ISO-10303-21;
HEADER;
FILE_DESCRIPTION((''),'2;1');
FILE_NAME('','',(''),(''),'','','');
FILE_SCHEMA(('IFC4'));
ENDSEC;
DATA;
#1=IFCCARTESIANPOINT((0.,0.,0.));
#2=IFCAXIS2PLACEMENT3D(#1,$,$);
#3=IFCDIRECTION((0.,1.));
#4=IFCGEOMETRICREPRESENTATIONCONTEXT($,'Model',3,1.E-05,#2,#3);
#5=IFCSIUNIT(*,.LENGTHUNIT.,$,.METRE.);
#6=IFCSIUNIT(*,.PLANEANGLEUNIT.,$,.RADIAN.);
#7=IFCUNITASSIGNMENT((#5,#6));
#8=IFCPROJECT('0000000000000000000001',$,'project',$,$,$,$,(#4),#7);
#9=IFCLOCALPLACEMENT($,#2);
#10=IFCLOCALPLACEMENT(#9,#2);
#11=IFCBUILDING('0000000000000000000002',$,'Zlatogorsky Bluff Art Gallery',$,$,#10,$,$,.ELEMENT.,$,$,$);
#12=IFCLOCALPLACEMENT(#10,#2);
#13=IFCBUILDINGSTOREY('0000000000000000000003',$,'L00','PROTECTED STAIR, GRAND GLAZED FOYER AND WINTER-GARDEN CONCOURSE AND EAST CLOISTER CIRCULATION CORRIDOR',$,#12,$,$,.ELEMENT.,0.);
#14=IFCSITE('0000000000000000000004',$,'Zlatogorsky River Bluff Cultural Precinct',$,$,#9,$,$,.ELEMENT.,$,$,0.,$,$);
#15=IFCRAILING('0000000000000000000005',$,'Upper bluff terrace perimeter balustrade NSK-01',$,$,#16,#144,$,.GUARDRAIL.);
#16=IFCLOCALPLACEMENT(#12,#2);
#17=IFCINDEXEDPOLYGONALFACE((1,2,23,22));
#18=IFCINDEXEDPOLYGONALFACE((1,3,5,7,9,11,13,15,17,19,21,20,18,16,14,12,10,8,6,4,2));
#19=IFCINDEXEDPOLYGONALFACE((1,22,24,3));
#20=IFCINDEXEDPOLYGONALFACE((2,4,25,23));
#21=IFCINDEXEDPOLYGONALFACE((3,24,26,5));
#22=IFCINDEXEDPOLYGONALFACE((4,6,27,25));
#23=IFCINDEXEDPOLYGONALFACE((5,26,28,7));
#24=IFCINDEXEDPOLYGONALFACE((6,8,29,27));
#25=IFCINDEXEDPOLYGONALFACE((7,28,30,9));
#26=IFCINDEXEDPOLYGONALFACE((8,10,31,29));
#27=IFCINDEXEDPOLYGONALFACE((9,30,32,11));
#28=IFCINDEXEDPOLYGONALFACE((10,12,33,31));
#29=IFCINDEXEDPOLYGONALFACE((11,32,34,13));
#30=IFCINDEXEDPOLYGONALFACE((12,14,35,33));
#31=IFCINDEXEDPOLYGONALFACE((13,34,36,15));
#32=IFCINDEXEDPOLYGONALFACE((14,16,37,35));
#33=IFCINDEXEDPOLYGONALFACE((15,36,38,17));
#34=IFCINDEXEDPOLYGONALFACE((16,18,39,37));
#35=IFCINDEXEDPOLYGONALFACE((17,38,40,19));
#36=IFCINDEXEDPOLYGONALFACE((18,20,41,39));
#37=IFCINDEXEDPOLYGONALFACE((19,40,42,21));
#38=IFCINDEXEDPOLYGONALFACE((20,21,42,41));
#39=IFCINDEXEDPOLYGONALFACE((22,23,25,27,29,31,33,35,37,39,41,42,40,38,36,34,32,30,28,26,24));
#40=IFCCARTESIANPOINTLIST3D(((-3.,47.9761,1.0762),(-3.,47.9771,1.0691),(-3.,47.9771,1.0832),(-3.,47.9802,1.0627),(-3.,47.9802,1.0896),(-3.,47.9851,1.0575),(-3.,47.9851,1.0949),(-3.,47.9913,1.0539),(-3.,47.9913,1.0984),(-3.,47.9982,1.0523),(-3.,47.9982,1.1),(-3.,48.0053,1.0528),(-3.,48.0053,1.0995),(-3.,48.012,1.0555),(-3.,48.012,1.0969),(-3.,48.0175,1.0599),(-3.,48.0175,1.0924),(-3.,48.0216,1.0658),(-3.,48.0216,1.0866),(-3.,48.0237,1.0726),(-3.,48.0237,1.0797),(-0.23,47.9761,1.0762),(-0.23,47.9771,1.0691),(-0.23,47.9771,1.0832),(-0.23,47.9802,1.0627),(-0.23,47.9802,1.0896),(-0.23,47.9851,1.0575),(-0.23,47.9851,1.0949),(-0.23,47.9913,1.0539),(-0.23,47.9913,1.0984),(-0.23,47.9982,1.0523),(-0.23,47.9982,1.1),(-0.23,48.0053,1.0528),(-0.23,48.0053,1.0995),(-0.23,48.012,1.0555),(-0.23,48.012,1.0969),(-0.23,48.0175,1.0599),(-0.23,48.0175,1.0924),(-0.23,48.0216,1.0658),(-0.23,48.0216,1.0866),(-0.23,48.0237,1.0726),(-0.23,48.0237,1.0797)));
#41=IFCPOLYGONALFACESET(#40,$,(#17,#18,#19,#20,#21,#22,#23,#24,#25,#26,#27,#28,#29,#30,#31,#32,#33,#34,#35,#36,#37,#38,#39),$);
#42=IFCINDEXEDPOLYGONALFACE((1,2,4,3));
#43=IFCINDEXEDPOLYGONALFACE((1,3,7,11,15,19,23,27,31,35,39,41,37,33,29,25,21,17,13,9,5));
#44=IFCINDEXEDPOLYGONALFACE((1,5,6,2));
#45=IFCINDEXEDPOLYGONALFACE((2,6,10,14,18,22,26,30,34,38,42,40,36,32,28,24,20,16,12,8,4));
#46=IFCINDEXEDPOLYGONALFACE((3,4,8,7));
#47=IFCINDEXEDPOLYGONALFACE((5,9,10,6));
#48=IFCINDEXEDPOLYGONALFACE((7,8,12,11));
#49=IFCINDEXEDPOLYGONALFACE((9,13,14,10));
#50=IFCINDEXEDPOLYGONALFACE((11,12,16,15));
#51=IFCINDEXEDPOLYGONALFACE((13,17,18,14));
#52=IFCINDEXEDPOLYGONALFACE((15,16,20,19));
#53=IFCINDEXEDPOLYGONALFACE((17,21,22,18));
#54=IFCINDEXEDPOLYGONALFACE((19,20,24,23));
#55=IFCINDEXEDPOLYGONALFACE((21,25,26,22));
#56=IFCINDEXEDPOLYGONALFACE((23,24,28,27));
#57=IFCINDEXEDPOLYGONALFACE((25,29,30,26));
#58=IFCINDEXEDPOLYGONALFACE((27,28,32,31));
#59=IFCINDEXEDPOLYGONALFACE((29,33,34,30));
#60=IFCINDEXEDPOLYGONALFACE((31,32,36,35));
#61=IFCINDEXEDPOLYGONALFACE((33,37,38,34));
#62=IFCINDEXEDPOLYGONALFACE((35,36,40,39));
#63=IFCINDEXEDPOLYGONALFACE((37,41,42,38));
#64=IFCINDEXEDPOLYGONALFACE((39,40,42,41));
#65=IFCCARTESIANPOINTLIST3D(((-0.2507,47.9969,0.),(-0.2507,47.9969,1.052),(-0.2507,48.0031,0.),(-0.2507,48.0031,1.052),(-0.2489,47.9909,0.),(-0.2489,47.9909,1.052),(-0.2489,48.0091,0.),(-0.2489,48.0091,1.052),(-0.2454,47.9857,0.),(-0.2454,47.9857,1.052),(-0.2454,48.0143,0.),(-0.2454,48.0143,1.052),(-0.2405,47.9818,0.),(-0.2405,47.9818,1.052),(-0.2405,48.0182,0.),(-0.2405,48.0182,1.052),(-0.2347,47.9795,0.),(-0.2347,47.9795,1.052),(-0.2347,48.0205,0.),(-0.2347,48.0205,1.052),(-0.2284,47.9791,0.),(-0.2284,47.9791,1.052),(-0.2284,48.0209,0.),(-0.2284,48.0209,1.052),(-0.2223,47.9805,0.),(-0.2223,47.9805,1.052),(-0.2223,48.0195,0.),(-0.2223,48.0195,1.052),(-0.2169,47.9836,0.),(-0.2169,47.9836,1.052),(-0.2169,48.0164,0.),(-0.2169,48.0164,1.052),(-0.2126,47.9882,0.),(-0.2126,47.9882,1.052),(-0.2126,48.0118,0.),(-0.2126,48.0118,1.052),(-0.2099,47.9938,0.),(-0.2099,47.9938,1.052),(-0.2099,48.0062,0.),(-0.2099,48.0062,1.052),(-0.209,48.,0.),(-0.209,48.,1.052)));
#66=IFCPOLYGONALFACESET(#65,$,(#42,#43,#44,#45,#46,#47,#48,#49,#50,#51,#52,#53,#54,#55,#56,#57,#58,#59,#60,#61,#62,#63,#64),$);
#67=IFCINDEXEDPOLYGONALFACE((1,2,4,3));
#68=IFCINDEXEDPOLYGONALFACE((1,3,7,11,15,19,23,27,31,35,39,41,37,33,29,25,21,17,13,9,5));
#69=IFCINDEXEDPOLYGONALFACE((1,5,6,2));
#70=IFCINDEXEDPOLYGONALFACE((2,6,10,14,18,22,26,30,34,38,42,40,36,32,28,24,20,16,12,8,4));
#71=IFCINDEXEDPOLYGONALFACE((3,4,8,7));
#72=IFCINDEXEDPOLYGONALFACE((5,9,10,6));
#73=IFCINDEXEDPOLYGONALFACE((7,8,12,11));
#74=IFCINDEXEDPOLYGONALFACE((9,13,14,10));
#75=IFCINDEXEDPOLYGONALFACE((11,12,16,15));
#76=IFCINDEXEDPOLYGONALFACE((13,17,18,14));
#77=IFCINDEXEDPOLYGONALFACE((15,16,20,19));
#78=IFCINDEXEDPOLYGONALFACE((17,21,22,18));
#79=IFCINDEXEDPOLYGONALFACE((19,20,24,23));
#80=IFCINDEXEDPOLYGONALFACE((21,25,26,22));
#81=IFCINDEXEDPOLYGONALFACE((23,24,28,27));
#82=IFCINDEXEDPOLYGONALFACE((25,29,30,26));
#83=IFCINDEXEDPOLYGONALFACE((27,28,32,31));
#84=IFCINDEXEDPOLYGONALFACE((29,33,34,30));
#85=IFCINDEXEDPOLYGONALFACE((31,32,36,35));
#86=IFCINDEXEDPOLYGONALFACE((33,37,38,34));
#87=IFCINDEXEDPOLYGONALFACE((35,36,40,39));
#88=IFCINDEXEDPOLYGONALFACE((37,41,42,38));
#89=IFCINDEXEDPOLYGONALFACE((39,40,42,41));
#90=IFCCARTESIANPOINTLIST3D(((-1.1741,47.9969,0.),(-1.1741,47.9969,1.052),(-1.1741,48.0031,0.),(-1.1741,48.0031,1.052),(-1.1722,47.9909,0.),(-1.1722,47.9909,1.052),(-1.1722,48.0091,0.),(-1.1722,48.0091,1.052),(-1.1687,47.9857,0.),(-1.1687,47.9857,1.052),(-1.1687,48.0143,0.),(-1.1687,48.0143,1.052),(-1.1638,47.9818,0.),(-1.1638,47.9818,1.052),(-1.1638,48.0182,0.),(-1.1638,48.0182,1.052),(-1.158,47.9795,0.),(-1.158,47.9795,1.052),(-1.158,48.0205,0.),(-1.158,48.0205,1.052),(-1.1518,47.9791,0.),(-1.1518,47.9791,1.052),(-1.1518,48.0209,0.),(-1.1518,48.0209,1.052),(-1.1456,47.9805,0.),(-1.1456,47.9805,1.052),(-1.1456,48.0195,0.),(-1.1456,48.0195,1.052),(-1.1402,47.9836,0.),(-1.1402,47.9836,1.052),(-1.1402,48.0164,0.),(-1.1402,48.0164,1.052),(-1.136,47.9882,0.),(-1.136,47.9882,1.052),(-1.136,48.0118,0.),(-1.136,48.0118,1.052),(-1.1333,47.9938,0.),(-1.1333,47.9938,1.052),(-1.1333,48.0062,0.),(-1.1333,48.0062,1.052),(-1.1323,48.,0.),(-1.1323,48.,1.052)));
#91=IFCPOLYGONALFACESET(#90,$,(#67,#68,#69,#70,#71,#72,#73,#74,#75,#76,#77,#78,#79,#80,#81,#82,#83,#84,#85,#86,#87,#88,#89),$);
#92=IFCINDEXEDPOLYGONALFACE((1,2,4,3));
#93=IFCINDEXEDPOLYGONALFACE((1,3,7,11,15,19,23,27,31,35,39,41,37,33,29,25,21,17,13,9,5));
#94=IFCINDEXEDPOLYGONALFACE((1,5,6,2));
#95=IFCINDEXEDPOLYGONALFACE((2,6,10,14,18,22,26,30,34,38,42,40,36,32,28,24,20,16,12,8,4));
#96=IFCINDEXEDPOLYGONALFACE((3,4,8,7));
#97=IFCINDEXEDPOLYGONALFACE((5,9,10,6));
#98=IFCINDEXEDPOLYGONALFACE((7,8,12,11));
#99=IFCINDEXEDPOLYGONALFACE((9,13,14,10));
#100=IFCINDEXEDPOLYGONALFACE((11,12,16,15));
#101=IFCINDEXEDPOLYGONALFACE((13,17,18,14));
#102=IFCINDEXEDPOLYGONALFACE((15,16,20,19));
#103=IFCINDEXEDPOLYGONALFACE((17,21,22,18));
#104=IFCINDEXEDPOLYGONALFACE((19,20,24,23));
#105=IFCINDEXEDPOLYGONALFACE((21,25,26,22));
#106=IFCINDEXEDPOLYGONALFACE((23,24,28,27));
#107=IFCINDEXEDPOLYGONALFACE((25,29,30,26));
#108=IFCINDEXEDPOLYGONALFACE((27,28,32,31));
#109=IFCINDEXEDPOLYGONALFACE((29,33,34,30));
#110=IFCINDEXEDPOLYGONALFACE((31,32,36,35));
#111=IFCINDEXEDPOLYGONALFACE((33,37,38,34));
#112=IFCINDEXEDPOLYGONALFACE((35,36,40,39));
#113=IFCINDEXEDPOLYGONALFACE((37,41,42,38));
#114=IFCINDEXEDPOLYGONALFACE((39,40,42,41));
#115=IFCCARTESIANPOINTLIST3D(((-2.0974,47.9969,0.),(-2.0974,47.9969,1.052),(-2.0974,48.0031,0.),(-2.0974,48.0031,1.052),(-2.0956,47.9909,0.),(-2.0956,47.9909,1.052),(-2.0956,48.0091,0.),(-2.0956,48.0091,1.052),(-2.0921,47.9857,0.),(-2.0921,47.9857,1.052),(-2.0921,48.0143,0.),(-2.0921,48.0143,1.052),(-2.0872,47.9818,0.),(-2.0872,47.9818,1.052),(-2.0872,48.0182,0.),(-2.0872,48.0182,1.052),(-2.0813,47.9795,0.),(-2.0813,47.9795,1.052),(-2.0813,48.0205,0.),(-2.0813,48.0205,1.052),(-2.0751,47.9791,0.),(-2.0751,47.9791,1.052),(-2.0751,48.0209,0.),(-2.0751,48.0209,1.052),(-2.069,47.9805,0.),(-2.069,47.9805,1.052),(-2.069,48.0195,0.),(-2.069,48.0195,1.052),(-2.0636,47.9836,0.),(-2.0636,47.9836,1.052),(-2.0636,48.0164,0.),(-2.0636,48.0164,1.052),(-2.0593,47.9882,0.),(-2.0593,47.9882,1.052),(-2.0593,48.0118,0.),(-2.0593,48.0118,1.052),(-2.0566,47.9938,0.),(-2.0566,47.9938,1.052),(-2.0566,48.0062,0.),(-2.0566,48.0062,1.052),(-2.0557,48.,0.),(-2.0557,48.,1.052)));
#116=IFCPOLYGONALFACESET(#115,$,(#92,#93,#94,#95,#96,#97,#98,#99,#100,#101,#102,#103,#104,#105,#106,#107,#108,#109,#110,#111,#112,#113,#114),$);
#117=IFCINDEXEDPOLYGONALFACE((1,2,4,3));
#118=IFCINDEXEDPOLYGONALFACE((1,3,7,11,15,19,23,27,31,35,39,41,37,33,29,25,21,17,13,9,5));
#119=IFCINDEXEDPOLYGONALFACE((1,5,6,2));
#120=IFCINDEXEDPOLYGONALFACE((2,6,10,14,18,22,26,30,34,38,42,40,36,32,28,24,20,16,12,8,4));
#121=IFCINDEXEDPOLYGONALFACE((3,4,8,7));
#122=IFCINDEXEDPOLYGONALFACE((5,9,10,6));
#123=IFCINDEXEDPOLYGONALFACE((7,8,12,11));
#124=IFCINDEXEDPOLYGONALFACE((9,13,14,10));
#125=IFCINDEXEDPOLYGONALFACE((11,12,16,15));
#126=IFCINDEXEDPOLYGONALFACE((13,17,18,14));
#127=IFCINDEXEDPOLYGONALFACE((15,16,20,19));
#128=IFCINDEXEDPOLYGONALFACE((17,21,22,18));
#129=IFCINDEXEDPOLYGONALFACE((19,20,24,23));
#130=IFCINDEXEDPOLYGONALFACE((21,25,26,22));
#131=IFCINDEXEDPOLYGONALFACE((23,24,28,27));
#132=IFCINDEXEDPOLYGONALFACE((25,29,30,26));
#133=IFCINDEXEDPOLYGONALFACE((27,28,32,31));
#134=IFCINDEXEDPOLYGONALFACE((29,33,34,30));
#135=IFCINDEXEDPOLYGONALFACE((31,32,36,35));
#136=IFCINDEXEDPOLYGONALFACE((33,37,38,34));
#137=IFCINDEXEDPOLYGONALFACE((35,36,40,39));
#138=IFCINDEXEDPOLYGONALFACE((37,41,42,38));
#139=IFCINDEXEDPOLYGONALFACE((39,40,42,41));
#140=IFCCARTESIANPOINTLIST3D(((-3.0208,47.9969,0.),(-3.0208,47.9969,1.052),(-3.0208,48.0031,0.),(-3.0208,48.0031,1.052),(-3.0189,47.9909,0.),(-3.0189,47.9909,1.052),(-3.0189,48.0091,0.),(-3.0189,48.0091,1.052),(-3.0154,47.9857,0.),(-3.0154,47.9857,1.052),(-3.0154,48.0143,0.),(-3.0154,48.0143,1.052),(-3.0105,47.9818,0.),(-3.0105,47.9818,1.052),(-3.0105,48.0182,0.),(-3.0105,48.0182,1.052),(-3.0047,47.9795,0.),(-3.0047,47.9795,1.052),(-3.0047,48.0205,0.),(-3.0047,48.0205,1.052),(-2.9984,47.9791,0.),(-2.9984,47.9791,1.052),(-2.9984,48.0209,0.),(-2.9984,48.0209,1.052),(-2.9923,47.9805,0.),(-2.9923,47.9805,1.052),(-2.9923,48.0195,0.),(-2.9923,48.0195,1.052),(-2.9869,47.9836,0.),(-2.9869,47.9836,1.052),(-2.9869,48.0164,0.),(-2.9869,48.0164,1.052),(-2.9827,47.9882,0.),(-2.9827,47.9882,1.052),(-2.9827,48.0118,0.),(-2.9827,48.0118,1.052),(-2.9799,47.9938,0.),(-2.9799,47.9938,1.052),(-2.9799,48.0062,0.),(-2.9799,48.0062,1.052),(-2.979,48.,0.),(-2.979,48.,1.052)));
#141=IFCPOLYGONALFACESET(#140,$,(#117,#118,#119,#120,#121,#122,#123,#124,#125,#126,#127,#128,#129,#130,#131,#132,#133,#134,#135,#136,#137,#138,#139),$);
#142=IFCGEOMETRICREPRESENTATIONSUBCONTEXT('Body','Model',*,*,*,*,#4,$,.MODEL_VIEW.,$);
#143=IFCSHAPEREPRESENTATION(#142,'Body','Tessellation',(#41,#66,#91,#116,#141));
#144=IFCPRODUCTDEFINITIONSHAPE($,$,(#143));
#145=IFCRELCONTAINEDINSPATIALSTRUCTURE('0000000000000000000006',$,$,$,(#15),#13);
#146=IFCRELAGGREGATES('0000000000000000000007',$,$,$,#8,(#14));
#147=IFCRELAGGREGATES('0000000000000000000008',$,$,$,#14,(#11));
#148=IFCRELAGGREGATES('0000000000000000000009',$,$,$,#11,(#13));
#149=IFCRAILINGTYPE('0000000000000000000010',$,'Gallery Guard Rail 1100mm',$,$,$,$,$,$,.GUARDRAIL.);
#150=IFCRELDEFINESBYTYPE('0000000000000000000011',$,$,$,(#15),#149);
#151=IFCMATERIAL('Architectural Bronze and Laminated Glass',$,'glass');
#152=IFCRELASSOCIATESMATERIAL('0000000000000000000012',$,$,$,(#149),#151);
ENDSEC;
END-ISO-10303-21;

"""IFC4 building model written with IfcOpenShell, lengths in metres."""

from ifc_helpers import new_model, si_unit, direction, frame, origin, origin_2d, place, context, subcontext, project, spatial, circle, extrude, material, type_object, element, save


model = new_model("IFC4")

# Units and contexts
model_context = context("Model", 3, precision=1e-05, world=origin(), true_north=direction((0.0, 1.0)))
body_context = subcontext(model_context, "Body", "Model", "MODEL_VIEW")
ifc_project = project(units=[si_unit("LENGTHUNIT", "METRE"), si_unit("PLANEANGLEUNIT", "RADIAN")], contexts=[model_context])

# Site, building, storey
site_placement = place(None, origin())
site = spatial("IfcSite", under=ifc_project, at=site_placement, Name="Zlatogorsky River Bluff Cultural Precinct", CompositionType="ELEMENT", RefElevation=0.0)
building_placement = place(site_placement, origin())
building = spatial("IfcBuilding", under=site, at=building_placement, Name="Zlatogorsky Bluff Art Gallery", CompositionType="ELEMENT")
storey_placement = place(building_placement, origin())
storey = spatial("IfcBuildingStorey", under=building, at=storey_placement, Name="L00", Description="PROTECTED STAIR, GRAND GLAZED FOYER AND WINTER-GARDEN CONCOURSE AND EAST CLOISTER CIRCULATION CORRIDOR", CompositionType="ELEMENT", Elevation=0.0)

# Railing
ifc_material_1 = material(Name="Architectural Bronze and Laminated Glass", Category="glass")
railing_type = type_object("IfcRailingType", Name="Gallery Guard Rail 1100mm", PredefinedType="GUARDRAIL", material=ifc_material_1)
railing_1_placement = place(storey_placement, frame((-0.23, 48.0, 0.0)))
element("IfcRailing", 1, at=railing_1_placement, inside=storey, type_object=railing_type, Name="Upper bluff terrace perimeter balustrade NSK-01", PredefinedType="GUARDRAIL", context=body_context, shape_type="SweptSolid", body=[
    extrude(circle(Radius=0.0239, at=origin_2d()), frame((0.0, 0.0, 1.0762), z_axis=(-1.0, 0.0, 0.0), x_axis=(0.0, -1.0, 0.0)), (0.0, 0.0, 1.0), 2.77),
    extrude(circle(Radius=0.021, at=origin_2d()), origin(), (0.0, 0.0, 1.0), 1.052),
    extrude(circle(Radius=0.021, at=origin_2d()), frame((-0.9233, 0.0, 0.0)), (0.0, 0.0, 1.0), 1.052),
    extrude(circle(Radius=0.021, at=origin_2d()), frame((-1.8467, 0.0, 0.0)), (0.0, 0.0, 1.0), 1.052),
    extrude(circle(Radius=0.021, at=origin_2d()), frame((-2.77, 0.0, 0.0)), (0.0, 0.0, 1.0), 1.052),
])

save(model, "model.ifc")
